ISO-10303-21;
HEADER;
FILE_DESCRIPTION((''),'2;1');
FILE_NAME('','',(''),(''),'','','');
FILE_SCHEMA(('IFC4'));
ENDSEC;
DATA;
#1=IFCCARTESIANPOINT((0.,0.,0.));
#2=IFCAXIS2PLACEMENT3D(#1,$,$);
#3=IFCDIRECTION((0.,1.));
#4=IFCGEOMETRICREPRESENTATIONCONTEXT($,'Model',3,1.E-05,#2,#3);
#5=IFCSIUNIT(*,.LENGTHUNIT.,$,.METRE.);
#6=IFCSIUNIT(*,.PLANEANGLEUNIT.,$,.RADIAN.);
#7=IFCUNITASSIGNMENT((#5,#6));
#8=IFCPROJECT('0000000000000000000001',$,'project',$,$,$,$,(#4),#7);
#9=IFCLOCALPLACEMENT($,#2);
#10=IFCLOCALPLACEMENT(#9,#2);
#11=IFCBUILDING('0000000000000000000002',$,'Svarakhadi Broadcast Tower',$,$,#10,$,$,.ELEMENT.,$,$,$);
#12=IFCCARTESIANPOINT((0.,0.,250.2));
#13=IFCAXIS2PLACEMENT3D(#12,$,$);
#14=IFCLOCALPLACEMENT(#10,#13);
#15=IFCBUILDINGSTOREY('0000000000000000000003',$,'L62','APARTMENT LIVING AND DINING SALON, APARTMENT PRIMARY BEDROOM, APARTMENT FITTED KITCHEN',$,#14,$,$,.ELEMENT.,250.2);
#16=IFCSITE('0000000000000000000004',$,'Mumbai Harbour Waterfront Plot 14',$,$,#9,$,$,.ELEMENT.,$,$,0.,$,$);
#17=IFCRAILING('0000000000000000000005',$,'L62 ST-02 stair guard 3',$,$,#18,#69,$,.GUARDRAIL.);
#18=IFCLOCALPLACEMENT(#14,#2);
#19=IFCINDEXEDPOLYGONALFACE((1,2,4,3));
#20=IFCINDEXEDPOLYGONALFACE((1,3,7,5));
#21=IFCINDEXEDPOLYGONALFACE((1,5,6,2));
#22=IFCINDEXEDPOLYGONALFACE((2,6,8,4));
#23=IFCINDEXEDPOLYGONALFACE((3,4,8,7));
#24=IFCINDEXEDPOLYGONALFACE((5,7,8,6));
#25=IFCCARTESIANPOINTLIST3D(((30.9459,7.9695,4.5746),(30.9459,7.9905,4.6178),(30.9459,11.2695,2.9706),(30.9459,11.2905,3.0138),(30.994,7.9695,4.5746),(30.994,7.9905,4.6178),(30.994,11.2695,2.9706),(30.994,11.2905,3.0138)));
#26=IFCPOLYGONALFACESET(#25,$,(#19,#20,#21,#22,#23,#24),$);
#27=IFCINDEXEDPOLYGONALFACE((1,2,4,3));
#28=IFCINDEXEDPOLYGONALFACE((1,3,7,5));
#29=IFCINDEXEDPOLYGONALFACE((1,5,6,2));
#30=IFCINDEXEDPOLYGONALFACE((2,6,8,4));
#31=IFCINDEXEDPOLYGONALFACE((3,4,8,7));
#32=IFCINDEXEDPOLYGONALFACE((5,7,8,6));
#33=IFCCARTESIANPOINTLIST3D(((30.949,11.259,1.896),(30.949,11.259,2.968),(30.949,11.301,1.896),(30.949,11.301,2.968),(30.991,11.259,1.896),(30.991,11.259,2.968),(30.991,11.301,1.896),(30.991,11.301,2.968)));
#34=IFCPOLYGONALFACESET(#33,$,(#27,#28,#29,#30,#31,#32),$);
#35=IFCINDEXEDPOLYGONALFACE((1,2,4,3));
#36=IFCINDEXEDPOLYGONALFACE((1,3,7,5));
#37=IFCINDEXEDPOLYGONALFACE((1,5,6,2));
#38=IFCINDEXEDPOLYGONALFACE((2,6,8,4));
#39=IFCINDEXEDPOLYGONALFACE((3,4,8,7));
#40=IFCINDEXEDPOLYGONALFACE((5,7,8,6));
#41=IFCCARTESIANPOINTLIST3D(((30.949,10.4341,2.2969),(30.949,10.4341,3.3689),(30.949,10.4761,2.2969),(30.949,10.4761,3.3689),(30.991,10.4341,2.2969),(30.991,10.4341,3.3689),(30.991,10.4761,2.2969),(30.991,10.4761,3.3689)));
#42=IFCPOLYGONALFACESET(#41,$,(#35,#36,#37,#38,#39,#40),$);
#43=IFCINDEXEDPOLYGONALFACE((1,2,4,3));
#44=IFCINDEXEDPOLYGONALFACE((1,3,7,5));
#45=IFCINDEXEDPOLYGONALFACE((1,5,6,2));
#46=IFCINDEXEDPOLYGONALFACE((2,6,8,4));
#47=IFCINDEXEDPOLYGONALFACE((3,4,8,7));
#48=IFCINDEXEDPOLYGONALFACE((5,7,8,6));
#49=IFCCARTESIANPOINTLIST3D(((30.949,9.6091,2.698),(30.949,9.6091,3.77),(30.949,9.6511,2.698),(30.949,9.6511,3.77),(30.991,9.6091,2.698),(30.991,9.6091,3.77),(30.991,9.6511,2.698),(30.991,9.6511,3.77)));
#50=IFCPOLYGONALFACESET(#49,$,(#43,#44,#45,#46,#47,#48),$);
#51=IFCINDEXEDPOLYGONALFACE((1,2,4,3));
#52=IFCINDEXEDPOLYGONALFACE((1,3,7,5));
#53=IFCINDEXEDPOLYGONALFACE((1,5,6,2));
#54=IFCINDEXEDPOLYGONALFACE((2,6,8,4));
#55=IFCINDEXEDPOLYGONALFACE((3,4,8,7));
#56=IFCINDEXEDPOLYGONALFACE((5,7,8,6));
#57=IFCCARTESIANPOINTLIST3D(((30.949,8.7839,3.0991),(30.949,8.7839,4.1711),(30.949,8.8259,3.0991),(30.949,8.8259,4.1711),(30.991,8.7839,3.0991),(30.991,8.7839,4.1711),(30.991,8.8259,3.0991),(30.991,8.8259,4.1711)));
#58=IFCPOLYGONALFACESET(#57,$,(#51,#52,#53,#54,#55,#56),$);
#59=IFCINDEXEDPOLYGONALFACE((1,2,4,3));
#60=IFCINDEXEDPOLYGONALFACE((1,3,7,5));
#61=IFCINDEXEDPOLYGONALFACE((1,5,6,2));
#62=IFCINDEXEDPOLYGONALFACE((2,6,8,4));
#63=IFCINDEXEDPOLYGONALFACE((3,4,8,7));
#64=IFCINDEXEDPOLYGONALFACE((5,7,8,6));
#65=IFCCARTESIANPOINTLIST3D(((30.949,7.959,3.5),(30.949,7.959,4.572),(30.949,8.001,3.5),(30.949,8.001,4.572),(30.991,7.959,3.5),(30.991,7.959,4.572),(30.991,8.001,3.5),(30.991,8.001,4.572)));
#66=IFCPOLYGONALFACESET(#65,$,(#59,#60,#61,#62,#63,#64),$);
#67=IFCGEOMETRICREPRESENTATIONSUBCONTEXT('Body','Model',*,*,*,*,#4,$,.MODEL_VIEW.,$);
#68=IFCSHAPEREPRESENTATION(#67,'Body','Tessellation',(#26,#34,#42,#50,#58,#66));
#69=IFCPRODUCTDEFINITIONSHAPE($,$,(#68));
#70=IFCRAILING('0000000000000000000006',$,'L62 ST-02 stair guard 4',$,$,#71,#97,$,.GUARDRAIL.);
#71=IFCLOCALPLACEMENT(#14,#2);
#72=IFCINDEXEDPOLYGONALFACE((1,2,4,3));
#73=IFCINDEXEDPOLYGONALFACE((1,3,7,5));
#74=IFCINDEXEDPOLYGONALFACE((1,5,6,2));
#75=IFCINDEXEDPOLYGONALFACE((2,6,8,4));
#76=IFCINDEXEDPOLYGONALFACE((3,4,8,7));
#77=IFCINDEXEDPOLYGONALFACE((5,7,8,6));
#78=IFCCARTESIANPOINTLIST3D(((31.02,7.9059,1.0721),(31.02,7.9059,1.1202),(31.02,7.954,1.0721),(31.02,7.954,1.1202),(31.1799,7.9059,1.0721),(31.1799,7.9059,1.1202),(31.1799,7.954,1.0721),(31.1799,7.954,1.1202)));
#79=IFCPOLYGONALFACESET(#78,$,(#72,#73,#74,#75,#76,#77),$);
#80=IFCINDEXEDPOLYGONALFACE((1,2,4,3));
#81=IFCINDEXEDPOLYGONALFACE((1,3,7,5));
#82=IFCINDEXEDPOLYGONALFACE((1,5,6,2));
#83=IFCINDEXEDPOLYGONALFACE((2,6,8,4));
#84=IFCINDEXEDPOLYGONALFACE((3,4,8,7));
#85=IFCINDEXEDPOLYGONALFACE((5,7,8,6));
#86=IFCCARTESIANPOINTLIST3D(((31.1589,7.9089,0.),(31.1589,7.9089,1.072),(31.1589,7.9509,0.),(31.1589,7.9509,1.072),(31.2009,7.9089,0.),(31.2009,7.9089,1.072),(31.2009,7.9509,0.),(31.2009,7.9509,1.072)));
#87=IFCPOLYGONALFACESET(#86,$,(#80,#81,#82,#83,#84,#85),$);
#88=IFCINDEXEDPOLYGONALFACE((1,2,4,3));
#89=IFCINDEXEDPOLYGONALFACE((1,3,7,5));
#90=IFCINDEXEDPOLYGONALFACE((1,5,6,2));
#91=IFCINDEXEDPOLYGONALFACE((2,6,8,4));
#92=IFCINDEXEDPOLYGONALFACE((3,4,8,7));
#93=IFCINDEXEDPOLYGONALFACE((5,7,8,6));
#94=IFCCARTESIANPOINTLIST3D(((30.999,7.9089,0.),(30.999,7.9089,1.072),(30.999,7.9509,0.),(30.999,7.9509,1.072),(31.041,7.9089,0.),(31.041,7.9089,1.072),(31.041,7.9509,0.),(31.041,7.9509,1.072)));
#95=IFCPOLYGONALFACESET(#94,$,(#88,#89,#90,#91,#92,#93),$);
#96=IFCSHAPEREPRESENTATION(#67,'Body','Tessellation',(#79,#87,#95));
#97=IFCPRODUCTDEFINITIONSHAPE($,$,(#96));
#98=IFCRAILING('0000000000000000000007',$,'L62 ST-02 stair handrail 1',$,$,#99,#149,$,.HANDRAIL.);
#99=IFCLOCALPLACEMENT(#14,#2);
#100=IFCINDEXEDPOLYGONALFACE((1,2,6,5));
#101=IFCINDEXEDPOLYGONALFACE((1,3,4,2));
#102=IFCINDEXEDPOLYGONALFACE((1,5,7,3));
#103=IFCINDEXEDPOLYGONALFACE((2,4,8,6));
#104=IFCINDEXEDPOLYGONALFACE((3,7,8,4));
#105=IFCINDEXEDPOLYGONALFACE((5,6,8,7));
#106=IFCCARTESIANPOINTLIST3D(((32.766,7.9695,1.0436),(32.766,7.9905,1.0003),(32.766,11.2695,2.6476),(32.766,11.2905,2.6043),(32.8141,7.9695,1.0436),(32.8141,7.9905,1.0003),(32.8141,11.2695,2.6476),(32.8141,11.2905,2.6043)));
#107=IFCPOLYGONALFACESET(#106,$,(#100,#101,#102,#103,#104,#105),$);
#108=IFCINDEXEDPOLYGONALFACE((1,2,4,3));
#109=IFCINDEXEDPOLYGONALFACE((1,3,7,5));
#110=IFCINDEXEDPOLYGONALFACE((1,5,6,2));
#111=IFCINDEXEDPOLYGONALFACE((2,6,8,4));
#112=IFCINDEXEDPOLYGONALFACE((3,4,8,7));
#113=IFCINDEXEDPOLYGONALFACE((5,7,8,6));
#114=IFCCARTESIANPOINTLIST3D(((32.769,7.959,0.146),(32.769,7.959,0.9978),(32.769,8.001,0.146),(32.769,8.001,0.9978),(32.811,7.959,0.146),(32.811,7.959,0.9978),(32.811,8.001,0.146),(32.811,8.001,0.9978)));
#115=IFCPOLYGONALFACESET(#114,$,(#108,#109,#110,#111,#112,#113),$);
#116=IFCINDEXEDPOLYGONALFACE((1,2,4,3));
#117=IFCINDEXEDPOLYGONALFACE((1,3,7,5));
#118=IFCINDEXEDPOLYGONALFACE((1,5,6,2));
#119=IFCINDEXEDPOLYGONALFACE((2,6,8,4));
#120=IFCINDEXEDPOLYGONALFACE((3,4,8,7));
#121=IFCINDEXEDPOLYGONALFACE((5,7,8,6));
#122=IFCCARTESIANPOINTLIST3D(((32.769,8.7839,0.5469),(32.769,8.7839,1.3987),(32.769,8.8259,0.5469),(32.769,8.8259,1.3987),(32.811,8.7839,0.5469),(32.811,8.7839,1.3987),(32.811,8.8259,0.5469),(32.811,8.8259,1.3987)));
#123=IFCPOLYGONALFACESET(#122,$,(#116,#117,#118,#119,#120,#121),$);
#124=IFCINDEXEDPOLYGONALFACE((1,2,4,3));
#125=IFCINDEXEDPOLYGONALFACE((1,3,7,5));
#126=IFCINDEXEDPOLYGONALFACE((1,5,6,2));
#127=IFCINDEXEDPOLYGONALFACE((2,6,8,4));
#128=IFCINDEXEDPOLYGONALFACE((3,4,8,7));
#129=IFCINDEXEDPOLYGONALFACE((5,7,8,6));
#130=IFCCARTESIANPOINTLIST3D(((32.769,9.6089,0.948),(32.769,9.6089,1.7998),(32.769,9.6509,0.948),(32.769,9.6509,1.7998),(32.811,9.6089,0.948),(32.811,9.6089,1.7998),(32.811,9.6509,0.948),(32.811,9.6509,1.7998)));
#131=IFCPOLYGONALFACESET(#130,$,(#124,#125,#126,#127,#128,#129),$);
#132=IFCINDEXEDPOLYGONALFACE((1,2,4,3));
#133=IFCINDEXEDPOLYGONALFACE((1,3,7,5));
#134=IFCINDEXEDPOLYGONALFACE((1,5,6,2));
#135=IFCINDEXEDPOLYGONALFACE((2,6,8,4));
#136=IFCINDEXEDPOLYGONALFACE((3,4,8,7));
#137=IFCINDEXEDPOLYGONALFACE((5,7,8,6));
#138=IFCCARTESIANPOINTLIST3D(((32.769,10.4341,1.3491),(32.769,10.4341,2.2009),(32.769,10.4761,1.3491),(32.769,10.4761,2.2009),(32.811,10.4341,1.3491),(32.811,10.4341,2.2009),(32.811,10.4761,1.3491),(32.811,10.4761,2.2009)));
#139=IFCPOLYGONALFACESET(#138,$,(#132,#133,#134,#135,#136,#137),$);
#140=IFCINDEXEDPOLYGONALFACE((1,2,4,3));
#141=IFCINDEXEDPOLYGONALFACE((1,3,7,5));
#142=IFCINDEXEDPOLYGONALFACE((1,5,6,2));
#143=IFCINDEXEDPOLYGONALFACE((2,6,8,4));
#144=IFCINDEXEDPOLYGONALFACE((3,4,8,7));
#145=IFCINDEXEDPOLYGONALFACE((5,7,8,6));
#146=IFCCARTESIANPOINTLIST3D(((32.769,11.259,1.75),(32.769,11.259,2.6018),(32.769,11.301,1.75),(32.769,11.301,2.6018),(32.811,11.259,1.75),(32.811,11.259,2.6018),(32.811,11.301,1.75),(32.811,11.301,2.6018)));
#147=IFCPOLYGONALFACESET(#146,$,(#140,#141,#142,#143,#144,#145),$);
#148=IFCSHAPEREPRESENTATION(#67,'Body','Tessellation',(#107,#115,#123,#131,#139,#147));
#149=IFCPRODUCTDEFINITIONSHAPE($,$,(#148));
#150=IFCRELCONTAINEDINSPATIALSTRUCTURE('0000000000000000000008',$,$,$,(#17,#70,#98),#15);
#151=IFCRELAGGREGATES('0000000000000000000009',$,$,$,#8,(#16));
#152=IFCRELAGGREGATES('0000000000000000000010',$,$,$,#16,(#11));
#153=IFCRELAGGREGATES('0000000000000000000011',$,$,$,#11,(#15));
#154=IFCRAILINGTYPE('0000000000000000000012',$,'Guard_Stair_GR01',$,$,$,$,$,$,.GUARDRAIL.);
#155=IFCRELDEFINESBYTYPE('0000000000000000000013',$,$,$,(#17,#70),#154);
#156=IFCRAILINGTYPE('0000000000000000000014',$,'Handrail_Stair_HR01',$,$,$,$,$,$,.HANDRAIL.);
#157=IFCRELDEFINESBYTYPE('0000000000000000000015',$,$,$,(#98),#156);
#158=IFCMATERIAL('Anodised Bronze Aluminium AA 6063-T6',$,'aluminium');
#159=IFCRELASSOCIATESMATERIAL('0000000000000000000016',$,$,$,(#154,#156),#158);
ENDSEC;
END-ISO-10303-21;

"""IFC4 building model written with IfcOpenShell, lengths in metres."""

from ifc_helpers import new_model, si_unit, direction, frame, origin, origin_2d, place, context, subcontext, project, spatial, rectangle, extrude, material, type_object, element, save


model = new_model("IFC4")

# Units and contexts
model_context = context("Model", 3, precision=1e-05, world=origin(), true_north=direction((0.0, 1.0)))
body_context = subcontext(model_context, "Body", "Model", "MODEL_VIEW")
ifc_project = project(units=[si_unit("LENGTHUNIT", "METRE"), si_unit("PLANEANGLEUNIT", "RADIAN")], contexts=[model_context])

# Site, building, storey
site_placement = place(None, origin())
site = spatial("IfcSite", under=ifc_project, at=site_placement, Name="Mumbai Harbour Waterfront Plot 14", CompositionType="ELEMENT", RefElevation=0.0)
building_placement = place(site_placement, origin())
building = spatial("IfcBuilding", under=site, at=building_placement, Name="Svarakhadi Broadcast Tower", CompositionType="ELEMENT")
storey_placement = place(building_placement, frame((0.0, 0.0, 250.2)))
storey = spatial("IfcBuildingStorey", under=building, at=storey_placement, Name="L62", Description="APARTMENT LIVING AND DINING SALON, APARTMENT PRIMARY BEDROOM, APARTMENT FITTED KITCHEN", CompositionType="ELEMENT", Elevation=250.2)

# Shared definitions
ifc_material_1 = material(Name="Anodised Bronze Aluminium AA 6063-T6", Category="aluminium")

# Railings
railing_type_1 = type_object("IfcRailingType", Name="Guard_Stair_GR01", PredefinedType="GUARDRAIL", material=ifc_material_1)
railing_1_placement = place(storey_placement, frame((30.97, 11.28, 1.896)))
element("IfcRailing", 1, at=railing_1_placement, inside=storey, type_object=railing_type_1, Name="L62 ST-02 stair guard 3", PredefinedType="GUARDRAIL", context=body_context, shape_type="SweptSolid", body=[
    extrude(rectangle(XDim=0.0481, YDim=0.0481, at=origin_2d()), frame((0.0, 0.0, 1.0962), z_axis=(0.0, -0.899388, 0.437152), x_axis=(1.0, 0.0, 0.0)), (0.0, 0.0, 1.0), 3.6692),
    extrude(rectangle(XDim=0.042, YDim=0.042, at=origin_2d()), origin(), (0.0, 0.0, 1.0), 1.072),
    extrude(rectangle(XDim=0.042, YDim=0.042, at=origin_2d()), frame((0.0, -0.825, 0.4009)), (0.0, 0.0, 1.0), 1.072),
    extrude(rectangle(XDim=0.042, YDim=0.042, at=origin_2d()), frame((0.0, -1.6499, 0.802)), (0.0, 0.0, 1.0), 1.072),
    extrude(rectangle(XDim=0.042, YDim=0.042, at=origin_2d()), frame((0.0, -2.4751, 1.2031)), (0.0, 0.0, 1.0), 1.072),
    extrude(rectangle(XDim=0.042, YDim=0.042, at=origin_2d()), frame((0.0, -3.3, 1.604)), (0.0, 0.0, 1.0), 1.072),
])
railing_2_placement = place(storey_placement, frame((31.1799, 7.9299, 0.0)))
element("IfcRailing", 2, at=railing_2_placement, inside=storey, type_object=railing_type_1, Name="L62 ST-02 stair guard 4", PredefinedType="GUARDRAIL", context=body_context, shape_type="SweptSolid", body=[
    extrude(rectangle(XDim=0.0481, YDim=0.0481, at=origin_2d()), frame((0.0, 0.0, 1.0962), z_axis=(-1.0, 0.0, 0.0), x_axis=(0.0, -1.0, 0.0)), (0.0, 0.0, 1.0), 0.1599),
    extrude(rectangle(XDim=0.042, YDim=0.042, at=origin_2d()), origin(), (0.0, 0.0, 1.0), 1.072),
    extrude(rectangle(XDim=0.042, YDim=0.042, at=origin_2d()), frame((-0.1599, 0.0, 0.0)), (0.0, 0.0, 1.0), 1.072),
])
railing_type_2 = type_object("IfcRailingType", Name="Handrail_Stair_HR01", PredefinedType="HANDRAIL", material=ifc_material_1)
railing_3_placement = place(storey_placement, frame((32.79, 7.98, 0.146)))
element("IfcRailing", 3, at=railing_3_placement, inside=storey, type_object=railing_type_2, Name="L62 ST-02 stair handrail 1", PredefinedType="HANDRAIL", context=body_context, shape_type="SweptSolid", body=[
    extrude(rectangle(XDim=0.0481, YDim=0.0481, at=origin_2d()), frame((0.0, 0.0, 0.876), z_axis=(0.0, 0.899388, 0.437152), x_axis=(-1.0, 0.0, 0.0)), (0.0, 0.0, 1.0), 3.6692),
    extrude(rectangle(XDim=0.042, YDim=0.042, at=origin_2d()), origin(), (0.0, 0.0, 1.0), 0.8518),
    extrude(rectangle(XDim=0.042, YDim=0.042, at=origin_2d()), frame((0.0, 0.825, 0.4009)), (0.0, 0.0, 1.0), 0.8518),
    extrude(rectangle(XDim=0.042, YDim=0.042, at=origin_2d()), frame((0.0, 1.6499, 0.802)), (0.0, 0.0, 1.0), 0.8518),
    extrude(rectangle(XDim=0.042, YDim=0.042, at=origin_2d()), frame((0.0, 2.4751, 1.2031)), (0.0, 0.0, 1.0), 0.8518),
    extrude(rectangle(XDim=0.042, YDim=0.042, at=origin_2d()), frame((0.0, 3.3, 1.604)), (0.0, 0.0, 1.0), 0.8518),
])

save(model, "model.ifc")
